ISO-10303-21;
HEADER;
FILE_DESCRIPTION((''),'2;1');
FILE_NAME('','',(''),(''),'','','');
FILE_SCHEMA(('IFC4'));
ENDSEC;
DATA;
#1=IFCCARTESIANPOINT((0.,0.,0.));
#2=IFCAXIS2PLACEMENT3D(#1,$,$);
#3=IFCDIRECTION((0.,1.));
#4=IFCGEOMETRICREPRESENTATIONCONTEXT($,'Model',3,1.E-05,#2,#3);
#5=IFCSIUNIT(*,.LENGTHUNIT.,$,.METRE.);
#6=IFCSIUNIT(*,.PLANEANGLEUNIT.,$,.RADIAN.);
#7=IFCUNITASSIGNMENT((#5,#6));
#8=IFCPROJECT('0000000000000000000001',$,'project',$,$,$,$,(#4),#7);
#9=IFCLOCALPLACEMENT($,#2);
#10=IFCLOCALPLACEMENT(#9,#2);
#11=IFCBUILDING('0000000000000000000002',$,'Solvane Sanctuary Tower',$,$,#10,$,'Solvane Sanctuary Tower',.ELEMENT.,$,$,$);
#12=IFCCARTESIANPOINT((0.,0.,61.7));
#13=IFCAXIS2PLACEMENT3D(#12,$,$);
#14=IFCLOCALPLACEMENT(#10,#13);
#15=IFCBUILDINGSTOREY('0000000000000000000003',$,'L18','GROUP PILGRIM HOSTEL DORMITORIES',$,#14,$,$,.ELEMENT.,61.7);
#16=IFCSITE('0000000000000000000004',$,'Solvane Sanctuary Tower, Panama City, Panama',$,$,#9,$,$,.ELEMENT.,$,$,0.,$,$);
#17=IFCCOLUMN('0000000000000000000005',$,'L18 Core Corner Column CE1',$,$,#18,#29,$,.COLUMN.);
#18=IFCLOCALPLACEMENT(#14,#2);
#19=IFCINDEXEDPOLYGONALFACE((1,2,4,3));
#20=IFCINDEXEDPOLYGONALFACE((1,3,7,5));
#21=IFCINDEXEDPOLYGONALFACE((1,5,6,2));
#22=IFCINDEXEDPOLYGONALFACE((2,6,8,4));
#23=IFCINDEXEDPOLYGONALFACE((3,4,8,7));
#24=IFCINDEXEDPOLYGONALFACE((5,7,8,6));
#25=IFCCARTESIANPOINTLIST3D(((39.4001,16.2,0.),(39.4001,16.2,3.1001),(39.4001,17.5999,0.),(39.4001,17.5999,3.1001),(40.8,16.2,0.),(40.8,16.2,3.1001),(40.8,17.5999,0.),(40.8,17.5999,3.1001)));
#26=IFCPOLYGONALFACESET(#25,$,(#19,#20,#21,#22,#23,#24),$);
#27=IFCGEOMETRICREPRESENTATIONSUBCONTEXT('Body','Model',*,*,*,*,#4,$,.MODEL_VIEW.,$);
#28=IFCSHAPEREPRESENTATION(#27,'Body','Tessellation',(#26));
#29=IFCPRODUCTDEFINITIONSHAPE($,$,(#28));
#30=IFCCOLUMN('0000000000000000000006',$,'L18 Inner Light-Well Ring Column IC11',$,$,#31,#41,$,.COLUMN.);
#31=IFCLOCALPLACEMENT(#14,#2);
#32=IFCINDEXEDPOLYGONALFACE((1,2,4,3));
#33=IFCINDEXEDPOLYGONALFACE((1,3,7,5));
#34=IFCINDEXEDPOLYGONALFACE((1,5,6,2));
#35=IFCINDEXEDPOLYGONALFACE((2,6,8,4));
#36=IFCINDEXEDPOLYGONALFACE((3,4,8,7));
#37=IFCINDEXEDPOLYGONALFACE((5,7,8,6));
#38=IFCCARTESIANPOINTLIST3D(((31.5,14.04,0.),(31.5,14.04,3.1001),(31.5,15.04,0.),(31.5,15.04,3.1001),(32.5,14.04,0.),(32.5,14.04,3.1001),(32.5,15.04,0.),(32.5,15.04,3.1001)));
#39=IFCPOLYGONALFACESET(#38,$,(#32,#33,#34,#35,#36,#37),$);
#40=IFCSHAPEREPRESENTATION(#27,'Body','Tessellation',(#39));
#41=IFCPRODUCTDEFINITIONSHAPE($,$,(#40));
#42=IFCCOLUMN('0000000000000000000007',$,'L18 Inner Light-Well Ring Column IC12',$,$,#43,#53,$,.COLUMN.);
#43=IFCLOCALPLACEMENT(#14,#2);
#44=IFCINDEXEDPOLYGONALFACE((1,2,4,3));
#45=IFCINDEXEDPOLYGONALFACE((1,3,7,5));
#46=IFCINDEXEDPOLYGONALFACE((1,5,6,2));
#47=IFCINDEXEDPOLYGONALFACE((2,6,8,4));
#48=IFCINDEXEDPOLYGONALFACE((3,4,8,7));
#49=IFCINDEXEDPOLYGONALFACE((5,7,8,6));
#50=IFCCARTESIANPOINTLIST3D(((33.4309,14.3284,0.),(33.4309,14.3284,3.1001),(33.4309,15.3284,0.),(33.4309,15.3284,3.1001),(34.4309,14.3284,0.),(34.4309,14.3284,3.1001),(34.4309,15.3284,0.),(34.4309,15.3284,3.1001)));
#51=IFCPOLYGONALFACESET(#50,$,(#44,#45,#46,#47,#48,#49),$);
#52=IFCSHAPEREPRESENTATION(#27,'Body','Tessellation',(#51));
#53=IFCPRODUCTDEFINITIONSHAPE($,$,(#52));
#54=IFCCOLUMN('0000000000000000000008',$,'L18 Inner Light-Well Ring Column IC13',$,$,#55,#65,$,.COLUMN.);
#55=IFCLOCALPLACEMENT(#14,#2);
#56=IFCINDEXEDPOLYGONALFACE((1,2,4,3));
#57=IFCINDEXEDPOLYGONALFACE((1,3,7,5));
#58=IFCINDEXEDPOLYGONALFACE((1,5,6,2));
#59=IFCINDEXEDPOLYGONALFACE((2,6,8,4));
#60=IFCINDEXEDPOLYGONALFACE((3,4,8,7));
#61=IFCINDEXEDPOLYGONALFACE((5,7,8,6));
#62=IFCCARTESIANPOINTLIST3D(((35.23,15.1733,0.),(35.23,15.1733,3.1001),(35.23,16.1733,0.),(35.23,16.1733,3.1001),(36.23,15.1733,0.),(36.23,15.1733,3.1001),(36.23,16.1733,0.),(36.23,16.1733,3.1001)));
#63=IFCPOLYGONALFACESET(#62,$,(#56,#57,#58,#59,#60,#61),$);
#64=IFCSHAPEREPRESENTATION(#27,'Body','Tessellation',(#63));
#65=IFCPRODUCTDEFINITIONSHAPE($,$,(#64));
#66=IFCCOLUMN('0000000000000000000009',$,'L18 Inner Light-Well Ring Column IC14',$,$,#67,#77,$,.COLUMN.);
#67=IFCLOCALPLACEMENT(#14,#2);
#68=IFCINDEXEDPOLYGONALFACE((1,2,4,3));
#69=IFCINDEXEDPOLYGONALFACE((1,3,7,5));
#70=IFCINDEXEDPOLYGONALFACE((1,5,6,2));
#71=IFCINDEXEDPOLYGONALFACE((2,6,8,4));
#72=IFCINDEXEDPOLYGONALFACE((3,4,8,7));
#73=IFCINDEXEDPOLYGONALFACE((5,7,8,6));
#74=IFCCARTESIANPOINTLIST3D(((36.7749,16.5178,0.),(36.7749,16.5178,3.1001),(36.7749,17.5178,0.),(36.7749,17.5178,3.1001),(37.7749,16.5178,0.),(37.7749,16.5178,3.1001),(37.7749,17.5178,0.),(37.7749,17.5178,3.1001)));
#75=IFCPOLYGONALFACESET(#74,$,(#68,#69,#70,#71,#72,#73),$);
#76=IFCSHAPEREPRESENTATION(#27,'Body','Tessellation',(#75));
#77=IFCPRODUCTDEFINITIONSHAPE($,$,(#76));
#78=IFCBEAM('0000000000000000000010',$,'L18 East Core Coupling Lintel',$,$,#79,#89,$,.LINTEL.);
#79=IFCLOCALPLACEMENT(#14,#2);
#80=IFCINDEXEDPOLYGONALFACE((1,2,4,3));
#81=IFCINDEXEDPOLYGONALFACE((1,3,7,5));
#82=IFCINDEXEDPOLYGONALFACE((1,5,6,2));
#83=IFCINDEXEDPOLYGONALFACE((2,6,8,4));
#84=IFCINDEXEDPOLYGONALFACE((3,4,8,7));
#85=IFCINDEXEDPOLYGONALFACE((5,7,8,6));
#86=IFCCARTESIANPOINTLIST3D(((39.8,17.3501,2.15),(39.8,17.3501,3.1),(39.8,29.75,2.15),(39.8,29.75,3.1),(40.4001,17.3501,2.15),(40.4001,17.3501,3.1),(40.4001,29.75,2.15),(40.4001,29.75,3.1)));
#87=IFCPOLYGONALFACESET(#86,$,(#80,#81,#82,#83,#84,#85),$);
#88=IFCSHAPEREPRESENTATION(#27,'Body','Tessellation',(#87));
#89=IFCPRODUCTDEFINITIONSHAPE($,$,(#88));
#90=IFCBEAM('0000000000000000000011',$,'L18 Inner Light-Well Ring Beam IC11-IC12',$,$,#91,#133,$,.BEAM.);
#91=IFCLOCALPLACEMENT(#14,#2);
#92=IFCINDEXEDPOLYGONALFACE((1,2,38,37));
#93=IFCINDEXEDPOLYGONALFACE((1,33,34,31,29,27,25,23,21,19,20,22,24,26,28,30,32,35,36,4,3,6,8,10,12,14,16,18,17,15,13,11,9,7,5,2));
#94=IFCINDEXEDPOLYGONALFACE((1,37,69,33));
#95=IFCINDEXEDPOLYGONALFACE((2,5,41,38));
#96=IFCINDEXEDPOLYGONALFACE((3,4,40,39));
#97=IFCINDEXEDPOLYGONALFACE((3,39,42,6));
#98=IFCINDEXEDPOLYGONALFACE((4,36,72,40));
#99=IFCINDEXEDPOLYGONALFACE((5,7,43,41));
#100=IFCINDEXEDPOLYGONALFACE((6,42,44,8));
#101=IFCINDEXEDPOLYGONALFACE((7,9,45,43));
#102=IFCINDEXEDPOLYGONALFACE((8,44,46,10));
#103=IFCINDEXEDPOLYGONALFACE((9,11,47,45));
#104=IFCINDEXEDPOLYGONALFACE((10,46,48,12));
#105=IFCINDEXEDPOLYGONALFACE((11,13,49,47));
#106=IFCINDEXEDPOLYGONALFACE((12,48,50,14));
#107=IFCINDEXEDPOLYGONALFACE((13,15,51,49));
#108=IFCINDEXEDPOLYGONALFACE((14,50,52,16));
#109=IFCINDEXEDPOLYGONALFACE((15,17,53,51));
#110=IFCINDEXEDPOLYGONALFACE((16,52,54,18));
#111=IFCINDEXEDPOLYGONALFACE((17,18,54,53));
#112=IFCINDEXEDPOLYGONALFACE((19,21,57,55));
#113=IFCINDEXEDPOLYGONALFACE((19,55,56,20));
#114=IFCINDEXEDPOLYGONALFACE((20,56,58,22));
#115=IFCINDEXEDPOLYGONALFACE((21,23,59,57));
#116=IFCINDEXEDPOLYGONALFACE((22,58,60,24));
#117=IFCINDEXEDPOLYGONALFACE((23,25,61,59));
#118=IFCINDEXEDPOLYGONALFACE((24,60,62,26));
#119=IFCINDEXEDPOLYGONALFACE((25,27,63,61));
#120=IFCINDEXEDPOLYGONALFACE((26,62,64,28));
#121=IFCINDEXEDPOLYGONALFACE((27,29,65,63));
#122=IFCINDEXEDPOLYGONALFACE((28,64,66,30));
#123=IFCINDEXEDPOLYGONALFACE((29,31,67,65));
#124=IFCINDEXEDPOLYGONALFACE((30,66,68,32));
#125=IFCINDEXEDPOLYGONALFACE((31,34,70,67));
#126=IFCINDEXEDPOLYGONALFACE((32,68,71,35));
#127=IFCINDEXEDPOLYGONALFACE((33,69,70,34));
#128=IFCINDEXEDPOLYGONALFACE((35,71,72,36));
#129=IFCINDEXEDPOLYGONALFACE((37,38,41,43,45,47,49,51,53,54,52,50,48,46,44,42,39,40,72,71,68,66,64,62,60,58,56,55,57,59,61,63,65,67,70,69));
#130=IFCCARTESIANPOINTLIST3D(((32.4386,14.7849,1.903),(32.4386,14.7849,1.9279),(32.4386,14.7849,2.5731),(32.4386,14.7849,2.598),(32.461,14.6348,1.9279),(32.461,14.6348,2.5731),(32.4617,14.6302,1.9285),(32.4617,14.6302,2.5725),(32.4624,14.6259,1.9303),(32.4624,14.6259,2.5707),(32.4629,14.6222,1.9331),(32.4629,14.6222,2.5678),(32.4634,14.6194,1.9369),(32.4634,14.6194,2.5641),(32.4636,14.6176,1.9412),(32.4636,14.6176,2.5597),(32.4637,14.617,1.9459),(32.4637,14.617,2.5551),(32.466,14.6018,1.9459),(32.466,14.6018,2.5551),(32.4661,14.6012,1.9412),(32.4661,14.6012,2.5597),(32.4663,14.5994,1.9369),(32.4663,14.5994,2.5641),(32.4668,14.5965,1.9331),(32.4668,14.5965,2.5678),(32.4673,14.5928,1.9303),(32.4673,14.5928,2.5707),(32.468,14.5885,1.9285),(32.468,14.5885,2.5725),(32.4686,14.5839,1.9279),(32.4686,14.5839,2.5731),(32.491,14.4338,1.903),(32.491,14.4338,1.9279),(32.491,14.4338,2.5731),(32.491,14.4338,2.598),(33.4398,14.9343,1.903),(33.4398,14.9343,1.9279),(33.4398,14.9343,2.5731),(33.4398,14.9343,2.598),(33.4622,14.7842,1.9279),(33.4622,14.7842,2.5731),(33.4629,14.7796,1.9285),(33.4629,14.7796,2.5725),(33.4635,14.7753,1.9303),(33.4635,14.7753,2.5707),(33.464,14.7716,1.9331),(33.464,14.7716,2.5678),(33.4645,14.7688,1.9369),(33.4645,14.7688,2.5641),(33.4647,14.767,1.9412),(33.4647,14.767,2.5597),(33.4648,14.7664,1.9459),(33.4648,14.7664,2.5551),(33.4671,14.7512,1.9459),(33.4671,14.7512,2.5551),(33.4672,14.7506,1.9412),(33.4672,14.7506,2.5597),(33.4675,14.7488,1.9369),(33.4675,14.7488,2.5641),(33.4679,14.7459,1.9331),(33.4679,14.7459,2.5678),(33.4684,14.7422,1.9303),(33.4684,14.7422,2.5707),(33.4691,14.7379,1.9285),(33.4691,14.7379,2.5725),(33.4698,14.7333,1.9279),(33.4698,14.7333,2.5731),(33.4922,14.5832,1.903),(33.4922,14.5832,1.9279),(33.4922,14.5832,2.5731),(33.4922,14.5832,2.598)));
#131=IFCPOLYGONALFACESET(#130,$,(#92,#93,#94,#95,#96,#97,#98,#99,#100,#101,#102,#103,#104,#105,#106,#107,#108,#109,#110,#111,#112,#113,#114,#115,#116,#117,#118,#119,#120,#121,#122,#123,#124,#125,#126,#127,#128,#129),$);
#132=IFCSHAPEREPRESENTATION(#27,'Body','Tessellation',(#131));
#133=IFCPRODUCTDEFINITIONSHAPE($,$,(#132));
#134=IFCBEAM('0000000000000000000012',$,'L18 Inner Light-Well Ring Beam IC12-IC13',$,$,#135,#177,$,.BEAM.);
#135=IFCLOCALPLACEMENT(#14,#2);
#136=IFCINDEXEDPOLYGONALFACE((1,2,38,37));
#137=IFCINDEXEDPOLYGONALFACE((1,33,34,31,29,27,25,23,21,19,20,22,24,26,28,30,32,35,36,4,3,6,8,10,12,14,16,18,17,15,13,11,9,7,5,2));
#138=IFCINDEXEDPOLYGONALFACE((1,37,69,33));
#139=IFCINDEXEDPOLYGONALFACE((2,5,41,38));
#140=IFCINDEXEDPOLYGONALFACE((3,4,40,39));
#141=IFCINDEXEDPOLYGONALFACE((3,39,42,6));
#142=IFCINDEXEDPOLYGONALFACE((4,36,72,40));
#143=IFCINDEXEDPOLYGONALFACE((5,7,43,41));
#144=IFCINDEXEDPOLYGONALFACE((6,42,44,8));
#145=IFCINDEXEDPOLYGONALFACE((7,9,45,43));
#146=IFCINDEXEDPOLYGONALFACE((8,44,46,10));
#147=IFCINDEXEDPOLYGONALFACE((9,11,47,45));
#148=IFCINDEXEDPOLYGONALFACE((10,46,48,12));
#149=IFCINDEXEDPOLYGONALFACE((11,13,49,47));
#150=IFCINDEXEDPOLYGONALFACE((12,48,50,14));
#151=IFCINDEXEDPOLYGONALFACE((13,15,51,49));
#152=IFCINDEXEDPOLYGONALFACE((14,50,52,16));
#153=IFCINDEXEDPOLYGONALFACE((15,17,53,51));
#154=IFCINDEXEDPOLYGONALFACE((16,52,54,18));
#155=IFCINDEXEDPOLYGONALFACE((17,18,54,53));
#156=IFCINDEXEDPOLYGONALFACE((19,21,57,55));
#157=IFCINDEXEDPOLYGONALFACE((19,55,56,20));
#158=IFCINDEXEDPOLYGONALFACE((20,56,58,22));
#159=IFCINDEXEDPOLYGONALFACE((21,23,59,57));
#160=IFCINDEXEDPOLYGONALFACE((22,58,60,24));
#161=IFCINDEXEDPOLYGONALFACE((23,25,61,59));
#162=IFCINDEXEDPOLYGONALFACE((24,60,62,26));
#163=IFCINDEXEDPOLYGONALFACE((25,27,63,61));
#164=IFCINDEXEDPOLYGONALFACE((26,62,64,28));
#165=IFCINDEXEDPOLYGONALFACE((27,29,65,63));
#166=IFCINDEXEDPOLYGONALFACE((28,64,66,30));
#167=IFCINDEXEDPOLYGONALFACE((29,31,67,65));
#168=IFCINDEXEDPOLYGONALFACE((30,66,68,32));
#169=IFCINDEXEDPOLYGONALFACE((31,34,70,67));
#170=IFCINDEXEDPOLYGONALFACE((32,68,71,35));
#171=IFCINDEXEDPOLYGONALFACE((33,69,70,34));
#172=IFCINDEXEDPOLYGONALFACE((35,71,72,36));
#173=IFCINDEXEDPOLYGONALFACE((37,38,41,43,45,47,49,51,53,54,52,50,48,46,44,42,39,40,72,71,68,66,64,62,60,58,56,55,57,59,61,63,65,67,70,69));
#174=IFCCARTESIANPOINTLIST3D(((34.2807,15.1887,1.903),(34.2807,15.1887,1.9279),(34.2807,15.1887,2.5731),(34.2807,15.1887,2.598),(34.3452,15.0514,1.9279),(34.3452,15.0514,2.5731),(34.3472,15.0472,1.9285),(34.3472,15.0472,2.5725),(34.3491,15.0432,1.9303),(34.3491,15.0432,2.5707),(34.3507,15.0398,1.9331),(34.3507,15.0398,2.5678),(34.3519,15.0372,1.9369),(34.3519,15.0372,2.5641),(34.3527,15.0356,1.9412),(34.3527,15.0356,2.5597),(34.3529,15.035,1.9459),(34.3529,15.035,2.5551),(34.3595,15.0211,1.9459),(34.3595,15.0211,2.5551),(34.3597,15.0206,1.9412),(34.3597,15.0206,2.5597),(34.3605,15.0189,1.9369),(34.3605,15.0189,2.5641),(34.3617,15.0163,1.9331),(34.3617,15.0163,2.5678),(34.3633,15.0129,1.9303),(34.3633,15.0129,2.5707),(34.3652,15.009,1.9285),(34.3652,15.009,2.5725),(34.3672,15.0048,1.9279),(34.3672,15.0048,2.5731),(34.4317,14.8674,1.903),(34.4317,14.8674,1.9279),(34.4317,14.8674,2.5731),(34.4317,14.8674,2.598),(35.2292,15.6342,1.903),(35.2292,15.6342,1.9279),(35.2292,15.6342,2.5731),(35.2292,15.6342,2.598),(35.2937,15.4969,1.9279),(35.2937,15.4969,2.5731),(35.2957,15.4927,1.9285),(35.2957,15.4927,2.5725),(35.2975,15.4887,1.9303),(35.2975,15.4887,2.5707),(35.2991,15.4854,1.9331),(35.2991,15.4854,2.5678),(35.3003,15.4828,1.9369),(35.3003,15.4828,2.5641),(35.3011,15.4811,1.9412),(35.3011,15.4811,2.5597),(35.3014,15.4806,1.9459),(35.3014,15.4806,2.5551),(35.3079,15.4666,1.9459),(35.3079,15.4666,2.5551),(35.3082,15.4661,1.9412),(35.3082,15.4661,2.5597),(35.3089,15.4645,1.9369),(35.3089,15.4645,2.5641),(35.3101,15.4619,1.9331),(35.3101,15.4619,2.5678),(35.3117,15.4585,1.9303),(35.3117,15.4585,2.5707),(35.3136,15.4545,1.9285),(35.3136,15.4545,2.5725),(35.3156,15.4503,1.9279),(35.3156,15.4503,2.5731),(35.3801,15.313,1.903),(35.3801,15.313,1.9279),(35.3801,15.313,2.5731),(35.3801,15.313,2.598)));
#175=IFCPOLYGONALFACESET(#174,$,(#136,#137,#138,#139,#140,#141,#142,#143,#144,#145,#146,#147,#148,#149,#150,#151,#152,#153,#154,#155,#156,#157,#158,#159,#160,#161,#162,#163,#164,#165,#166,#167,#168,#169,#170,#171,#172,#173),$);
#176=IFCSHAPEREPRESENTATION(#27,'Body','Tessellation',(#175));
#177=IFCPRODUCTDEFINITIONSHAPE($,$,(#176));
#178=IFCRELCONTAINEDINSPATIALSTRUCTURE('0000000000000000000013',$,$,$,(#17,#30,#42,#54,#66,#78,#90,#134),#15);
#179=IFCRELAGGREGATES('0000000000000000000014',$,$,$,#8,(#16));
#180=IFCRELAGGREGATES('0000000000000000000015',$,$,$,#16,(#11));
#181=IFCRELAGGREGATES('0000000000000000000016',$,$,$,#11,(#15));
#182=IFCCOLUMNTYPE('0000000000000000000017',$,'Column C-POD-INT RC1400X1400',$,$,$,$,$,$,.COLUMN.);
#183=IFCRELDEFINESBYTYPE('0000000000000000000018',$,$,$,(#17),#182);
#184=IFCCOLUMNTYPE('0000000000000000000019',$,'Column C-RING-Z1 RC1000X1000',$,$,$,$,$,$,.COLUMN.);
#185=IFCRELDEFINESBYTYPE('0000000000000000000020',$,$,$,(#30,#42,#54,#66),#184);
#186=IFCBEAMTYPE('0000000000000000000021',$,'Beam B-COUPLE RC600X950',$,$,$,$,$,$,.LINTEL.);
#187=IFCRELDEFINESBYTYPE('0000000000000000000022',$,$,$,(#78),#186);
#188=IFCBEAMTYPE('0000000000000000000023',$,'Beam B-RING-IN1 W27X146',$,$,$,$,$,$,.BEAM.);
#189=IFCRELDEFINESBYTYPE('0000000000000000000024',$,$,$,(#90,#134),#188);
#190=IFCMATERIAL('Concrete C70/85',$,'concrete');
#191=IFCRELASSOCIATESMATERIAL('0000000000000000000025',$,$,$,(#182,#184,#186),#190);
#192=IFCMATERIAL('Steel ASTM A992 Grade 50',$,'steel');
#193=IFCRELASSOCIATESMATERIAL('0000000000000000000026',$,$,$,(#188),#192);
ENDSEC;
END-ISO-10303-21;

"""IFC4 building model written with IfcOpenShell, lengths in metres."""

from ifc_helpers import new_model, si_unit, direction, frame, origin, origin_2d, place, context, subcontext, project, spatial, rectangle, i_section, extrude, material, material_profile, profile_set, type_object, element, save


model = new_model("IFC4")

# Units and contexts
model_context = context("Model", 3, precision=1e-05, world=origin(), true_north=direction((0.0, 1.0)))
body_context = subcontext(model_context, "Body", "Model", "MODEL_VIEW")
ifc_project = project(units=[si_unit("LENGTHUNIT", "METRE"), si_unit("PLANEANGLEUNIT", "RADIAN")], contexts=[model_context])

# Site, building, storey
site_placement = place(None, origin())
site = spatial("IfcSite", under=ifc_project, at=site_placement, Name="Solvane Sanctuary Tower, Panama City, Panama", CompositionType="ELEMENT", RefElevation=0.0)
building_placement = place(site_placement, origin())
building = spatial("IfcBuilding", under=site, at=building_placement, Name="Solvane Sanctuary Tower", LongName="Solvane Sanctuary Tower", CompositionType="ELEMENT")
storey_placement = place(building_placement, frame((0.0, 0.0, 61.7)))
storey = spatial("IfcBuildingStorey", under=building, at=storey_placement, Name="L18", Description="GROUP PILGRIM HOSTEL DORMITORIES", CompositionType="ELEMENT", Elevation=61.7)

# Columns
ifc_material_1 = material(Name="Concrete C70/85", Category="concrete")
ifc_material_profile_1 = material_profile(ifc_material_1, rectangle(XDim=1.3999, YDim=1.3999, at=origin_2d()), Name="RC1400X1400")
ifc_profile_set_1 = profile_set([ifc_material_profile_1], Name="Concrete C70/85")
column_type_1 = type_object("IfcColumnType", Name="Column C-POD-INT RC1400X1400", PredefinedType="COLUMN", material=ifc_profile_set_1)
column_placement = place(storey_placement, frame((40.1001, 16.8999, 0.0), z_axis=(0.0, 0.0, 1.0), x_axis=(1.0, 0.0, 0.0)))
element("IfcColumn", 1, at=column_placement, inside=storey, type_object=column_type_1, Name="L18 Core Corner Column CE1", PredefinedType="COLUMN", context=body_context, shape_type="SweptSolid", body=[
    extrude(rectangle(XDim=1.3999, YDim=1.3999, at=origin_2d()), origin(), (0.0, 0.0, 1.0), 3.1001),
])
ifc_material_profile_2 = material_profile(ifc_material_1, rectangle(XDim=1.0, YDim=1.0, at=origin_2d()), Name="RC1000X1000")
ifc_profile_set_2 = profile_set([ifc_material_profile_2], Name="Concrete C70/85")
column_type_2 = type_object("IfcColumnType", Name="Column C-RING-Z1 RC1000X1000", PredefinedType="COLUMN", material=ifc_profile_set_2)
for number, where, z_axis, x_axis, name in (
    (2, (32.0, 14.54, 0.0), (0.0, 0.0, 1.0), (1.0, 0.0, 0.0), "L18 Inner Light-Well Ring Column IC11"),
    (3, (33.9309, 14.8284, 0.0), (0.0, 0.0, 1.0), (1.0, 0.0, 0.0), "L18 Inner Light-Well Ring Column IC12"),
    (4, (35.73, 15.6733, 0.0), (0.0, 0.0, 1.0), (1.0, 0.0, 0.0), "L18 Inner Light-Well Ring Column IC13"),
    (5, (37.2749, 17.0178, 0.0), (0.0, 0.0, 1.0), (1.0, 0.0, 0.0), "L18 Inner Light-Well Ring Column IC14"),
):
    element("IfcColumn", number, at=place(storey_placement, frame(where, z_axis=z_axis, x_axis=x_axis)), inside=storey, type_object=column_type_2, Name=name, PredefinedType="COLUMN", context=body_context, shape_type="SweptSolid", body=[
        extrude(rectangle(XDim=1.0, YDim=1.0, at=origin_2d()), origin(), (0.0, 0.0, 1.0), 3.1001),
    ])

# Beams
ifc_material_profile_3 = material_profile(ifc_material_1, rectangle(XDim=0.6001, YDim=0.95, at=origin_2d()), Name="RC600X950")
ifc_profile_set_3 = profile_set([ifc_material_profile_3], Name="Concrete C70/85")
beam_type_1 = type_object("IfcBeamType", Name="Beam B-COUPLE RC600X950", PredefinedType="LINTEL", material=ifc_profile_set_3)
beam_1_placement = place(storey_placement, frame((40.1001, 17.3501, 2.625), z_axis=(0.0, 1.0, 0.0), x_axis=(-1.0, 0.0, 0.0)))
element("IfcBeam", 6, at=beam_1_placement, inside=storey, type_object=beam_type_1, Name="L18 East Core Coupling Lintel", PredefinedType="LINTEL", context=body_context, shape_type="SweptSolid", body=[
    extrude(rectangle(XDim=0.6001, YDim=0.95, at=origin_2d()), origin(), (0.0, 0.0, 1.0), 12.3999),
])
ifc_material_2 = material(Name="Steel ASTM A992 Grade 50", Category="steel")
ifc_material_profile_4 = material_profile(ifc_material_2, i_section(OverallWidth=0.355, OverallDepth=0.6951, WebThickness=0.0154, FlangeThickness=0.0249, FilletRadius=0.0181, at=origin_2d()), Name="W27X146")
ifc_profile_set_4 = profile_set([ifc_material_profile_4], Name="Steel ASTM A992 Grade 50")
beam_type_2 = type_object("IfcBeamType", Name="Beam B-RING-IN1 W27X146", PredefinedType="BEAM", material=ifc_profile_set_4)
beam_2_placement = place(storey_placement, frame((32.4648, 14.6094, 2.2505), z_axis=(0.989048, 0.147597, 0.0), x_axis=(-0.147597, 0.989048, 0.0)))
element("IfcBeam", 7, at=beam_2_placement, inside=storey, type_object=beam_type_2, Name="L18 Inner Light-Well Ring Beam IC11-IC12", PredefinedType="BEAM", context=body_context, shape_type="SweptSolid", body=[
    extrude(i_section(OverallWidth=0.355, OverallDepth=0.6951, WebThickness=0.0154, FlangeThickness=0.0249, FilletRadius=0.0181, at=origin_2d()), origin(), (0.0, 0.0, 1.0), 1.0122),
])
beam_3_placement = place(storey_placement, frame((34.3562, 15.0281, 2.2505), z_axis=(0.905109, 0.42518, 0.0), x_axis=(-0.42518, 0.905109, 0.0)))
element("IfcBeam", 8, at=beam_3_placement, inside=storey, type_object=beam_type_2, Name="L18 Inner Light-Well Ring Beam IC12-IC13", PredefinedType="BEAM", context=body_context, shape_type="SweptSolid", body=[
    extrude(i_section(OverallWidth=0.355, OverallDepth=0.6951, WebThickness=0.0154, FlangeThickness=0.0249, FilletRadius=0.0181, at=origin_2d()), origin(), (0.0, 0.0, 1.0), 1.0479),
])

save(model, "model.ifc")
